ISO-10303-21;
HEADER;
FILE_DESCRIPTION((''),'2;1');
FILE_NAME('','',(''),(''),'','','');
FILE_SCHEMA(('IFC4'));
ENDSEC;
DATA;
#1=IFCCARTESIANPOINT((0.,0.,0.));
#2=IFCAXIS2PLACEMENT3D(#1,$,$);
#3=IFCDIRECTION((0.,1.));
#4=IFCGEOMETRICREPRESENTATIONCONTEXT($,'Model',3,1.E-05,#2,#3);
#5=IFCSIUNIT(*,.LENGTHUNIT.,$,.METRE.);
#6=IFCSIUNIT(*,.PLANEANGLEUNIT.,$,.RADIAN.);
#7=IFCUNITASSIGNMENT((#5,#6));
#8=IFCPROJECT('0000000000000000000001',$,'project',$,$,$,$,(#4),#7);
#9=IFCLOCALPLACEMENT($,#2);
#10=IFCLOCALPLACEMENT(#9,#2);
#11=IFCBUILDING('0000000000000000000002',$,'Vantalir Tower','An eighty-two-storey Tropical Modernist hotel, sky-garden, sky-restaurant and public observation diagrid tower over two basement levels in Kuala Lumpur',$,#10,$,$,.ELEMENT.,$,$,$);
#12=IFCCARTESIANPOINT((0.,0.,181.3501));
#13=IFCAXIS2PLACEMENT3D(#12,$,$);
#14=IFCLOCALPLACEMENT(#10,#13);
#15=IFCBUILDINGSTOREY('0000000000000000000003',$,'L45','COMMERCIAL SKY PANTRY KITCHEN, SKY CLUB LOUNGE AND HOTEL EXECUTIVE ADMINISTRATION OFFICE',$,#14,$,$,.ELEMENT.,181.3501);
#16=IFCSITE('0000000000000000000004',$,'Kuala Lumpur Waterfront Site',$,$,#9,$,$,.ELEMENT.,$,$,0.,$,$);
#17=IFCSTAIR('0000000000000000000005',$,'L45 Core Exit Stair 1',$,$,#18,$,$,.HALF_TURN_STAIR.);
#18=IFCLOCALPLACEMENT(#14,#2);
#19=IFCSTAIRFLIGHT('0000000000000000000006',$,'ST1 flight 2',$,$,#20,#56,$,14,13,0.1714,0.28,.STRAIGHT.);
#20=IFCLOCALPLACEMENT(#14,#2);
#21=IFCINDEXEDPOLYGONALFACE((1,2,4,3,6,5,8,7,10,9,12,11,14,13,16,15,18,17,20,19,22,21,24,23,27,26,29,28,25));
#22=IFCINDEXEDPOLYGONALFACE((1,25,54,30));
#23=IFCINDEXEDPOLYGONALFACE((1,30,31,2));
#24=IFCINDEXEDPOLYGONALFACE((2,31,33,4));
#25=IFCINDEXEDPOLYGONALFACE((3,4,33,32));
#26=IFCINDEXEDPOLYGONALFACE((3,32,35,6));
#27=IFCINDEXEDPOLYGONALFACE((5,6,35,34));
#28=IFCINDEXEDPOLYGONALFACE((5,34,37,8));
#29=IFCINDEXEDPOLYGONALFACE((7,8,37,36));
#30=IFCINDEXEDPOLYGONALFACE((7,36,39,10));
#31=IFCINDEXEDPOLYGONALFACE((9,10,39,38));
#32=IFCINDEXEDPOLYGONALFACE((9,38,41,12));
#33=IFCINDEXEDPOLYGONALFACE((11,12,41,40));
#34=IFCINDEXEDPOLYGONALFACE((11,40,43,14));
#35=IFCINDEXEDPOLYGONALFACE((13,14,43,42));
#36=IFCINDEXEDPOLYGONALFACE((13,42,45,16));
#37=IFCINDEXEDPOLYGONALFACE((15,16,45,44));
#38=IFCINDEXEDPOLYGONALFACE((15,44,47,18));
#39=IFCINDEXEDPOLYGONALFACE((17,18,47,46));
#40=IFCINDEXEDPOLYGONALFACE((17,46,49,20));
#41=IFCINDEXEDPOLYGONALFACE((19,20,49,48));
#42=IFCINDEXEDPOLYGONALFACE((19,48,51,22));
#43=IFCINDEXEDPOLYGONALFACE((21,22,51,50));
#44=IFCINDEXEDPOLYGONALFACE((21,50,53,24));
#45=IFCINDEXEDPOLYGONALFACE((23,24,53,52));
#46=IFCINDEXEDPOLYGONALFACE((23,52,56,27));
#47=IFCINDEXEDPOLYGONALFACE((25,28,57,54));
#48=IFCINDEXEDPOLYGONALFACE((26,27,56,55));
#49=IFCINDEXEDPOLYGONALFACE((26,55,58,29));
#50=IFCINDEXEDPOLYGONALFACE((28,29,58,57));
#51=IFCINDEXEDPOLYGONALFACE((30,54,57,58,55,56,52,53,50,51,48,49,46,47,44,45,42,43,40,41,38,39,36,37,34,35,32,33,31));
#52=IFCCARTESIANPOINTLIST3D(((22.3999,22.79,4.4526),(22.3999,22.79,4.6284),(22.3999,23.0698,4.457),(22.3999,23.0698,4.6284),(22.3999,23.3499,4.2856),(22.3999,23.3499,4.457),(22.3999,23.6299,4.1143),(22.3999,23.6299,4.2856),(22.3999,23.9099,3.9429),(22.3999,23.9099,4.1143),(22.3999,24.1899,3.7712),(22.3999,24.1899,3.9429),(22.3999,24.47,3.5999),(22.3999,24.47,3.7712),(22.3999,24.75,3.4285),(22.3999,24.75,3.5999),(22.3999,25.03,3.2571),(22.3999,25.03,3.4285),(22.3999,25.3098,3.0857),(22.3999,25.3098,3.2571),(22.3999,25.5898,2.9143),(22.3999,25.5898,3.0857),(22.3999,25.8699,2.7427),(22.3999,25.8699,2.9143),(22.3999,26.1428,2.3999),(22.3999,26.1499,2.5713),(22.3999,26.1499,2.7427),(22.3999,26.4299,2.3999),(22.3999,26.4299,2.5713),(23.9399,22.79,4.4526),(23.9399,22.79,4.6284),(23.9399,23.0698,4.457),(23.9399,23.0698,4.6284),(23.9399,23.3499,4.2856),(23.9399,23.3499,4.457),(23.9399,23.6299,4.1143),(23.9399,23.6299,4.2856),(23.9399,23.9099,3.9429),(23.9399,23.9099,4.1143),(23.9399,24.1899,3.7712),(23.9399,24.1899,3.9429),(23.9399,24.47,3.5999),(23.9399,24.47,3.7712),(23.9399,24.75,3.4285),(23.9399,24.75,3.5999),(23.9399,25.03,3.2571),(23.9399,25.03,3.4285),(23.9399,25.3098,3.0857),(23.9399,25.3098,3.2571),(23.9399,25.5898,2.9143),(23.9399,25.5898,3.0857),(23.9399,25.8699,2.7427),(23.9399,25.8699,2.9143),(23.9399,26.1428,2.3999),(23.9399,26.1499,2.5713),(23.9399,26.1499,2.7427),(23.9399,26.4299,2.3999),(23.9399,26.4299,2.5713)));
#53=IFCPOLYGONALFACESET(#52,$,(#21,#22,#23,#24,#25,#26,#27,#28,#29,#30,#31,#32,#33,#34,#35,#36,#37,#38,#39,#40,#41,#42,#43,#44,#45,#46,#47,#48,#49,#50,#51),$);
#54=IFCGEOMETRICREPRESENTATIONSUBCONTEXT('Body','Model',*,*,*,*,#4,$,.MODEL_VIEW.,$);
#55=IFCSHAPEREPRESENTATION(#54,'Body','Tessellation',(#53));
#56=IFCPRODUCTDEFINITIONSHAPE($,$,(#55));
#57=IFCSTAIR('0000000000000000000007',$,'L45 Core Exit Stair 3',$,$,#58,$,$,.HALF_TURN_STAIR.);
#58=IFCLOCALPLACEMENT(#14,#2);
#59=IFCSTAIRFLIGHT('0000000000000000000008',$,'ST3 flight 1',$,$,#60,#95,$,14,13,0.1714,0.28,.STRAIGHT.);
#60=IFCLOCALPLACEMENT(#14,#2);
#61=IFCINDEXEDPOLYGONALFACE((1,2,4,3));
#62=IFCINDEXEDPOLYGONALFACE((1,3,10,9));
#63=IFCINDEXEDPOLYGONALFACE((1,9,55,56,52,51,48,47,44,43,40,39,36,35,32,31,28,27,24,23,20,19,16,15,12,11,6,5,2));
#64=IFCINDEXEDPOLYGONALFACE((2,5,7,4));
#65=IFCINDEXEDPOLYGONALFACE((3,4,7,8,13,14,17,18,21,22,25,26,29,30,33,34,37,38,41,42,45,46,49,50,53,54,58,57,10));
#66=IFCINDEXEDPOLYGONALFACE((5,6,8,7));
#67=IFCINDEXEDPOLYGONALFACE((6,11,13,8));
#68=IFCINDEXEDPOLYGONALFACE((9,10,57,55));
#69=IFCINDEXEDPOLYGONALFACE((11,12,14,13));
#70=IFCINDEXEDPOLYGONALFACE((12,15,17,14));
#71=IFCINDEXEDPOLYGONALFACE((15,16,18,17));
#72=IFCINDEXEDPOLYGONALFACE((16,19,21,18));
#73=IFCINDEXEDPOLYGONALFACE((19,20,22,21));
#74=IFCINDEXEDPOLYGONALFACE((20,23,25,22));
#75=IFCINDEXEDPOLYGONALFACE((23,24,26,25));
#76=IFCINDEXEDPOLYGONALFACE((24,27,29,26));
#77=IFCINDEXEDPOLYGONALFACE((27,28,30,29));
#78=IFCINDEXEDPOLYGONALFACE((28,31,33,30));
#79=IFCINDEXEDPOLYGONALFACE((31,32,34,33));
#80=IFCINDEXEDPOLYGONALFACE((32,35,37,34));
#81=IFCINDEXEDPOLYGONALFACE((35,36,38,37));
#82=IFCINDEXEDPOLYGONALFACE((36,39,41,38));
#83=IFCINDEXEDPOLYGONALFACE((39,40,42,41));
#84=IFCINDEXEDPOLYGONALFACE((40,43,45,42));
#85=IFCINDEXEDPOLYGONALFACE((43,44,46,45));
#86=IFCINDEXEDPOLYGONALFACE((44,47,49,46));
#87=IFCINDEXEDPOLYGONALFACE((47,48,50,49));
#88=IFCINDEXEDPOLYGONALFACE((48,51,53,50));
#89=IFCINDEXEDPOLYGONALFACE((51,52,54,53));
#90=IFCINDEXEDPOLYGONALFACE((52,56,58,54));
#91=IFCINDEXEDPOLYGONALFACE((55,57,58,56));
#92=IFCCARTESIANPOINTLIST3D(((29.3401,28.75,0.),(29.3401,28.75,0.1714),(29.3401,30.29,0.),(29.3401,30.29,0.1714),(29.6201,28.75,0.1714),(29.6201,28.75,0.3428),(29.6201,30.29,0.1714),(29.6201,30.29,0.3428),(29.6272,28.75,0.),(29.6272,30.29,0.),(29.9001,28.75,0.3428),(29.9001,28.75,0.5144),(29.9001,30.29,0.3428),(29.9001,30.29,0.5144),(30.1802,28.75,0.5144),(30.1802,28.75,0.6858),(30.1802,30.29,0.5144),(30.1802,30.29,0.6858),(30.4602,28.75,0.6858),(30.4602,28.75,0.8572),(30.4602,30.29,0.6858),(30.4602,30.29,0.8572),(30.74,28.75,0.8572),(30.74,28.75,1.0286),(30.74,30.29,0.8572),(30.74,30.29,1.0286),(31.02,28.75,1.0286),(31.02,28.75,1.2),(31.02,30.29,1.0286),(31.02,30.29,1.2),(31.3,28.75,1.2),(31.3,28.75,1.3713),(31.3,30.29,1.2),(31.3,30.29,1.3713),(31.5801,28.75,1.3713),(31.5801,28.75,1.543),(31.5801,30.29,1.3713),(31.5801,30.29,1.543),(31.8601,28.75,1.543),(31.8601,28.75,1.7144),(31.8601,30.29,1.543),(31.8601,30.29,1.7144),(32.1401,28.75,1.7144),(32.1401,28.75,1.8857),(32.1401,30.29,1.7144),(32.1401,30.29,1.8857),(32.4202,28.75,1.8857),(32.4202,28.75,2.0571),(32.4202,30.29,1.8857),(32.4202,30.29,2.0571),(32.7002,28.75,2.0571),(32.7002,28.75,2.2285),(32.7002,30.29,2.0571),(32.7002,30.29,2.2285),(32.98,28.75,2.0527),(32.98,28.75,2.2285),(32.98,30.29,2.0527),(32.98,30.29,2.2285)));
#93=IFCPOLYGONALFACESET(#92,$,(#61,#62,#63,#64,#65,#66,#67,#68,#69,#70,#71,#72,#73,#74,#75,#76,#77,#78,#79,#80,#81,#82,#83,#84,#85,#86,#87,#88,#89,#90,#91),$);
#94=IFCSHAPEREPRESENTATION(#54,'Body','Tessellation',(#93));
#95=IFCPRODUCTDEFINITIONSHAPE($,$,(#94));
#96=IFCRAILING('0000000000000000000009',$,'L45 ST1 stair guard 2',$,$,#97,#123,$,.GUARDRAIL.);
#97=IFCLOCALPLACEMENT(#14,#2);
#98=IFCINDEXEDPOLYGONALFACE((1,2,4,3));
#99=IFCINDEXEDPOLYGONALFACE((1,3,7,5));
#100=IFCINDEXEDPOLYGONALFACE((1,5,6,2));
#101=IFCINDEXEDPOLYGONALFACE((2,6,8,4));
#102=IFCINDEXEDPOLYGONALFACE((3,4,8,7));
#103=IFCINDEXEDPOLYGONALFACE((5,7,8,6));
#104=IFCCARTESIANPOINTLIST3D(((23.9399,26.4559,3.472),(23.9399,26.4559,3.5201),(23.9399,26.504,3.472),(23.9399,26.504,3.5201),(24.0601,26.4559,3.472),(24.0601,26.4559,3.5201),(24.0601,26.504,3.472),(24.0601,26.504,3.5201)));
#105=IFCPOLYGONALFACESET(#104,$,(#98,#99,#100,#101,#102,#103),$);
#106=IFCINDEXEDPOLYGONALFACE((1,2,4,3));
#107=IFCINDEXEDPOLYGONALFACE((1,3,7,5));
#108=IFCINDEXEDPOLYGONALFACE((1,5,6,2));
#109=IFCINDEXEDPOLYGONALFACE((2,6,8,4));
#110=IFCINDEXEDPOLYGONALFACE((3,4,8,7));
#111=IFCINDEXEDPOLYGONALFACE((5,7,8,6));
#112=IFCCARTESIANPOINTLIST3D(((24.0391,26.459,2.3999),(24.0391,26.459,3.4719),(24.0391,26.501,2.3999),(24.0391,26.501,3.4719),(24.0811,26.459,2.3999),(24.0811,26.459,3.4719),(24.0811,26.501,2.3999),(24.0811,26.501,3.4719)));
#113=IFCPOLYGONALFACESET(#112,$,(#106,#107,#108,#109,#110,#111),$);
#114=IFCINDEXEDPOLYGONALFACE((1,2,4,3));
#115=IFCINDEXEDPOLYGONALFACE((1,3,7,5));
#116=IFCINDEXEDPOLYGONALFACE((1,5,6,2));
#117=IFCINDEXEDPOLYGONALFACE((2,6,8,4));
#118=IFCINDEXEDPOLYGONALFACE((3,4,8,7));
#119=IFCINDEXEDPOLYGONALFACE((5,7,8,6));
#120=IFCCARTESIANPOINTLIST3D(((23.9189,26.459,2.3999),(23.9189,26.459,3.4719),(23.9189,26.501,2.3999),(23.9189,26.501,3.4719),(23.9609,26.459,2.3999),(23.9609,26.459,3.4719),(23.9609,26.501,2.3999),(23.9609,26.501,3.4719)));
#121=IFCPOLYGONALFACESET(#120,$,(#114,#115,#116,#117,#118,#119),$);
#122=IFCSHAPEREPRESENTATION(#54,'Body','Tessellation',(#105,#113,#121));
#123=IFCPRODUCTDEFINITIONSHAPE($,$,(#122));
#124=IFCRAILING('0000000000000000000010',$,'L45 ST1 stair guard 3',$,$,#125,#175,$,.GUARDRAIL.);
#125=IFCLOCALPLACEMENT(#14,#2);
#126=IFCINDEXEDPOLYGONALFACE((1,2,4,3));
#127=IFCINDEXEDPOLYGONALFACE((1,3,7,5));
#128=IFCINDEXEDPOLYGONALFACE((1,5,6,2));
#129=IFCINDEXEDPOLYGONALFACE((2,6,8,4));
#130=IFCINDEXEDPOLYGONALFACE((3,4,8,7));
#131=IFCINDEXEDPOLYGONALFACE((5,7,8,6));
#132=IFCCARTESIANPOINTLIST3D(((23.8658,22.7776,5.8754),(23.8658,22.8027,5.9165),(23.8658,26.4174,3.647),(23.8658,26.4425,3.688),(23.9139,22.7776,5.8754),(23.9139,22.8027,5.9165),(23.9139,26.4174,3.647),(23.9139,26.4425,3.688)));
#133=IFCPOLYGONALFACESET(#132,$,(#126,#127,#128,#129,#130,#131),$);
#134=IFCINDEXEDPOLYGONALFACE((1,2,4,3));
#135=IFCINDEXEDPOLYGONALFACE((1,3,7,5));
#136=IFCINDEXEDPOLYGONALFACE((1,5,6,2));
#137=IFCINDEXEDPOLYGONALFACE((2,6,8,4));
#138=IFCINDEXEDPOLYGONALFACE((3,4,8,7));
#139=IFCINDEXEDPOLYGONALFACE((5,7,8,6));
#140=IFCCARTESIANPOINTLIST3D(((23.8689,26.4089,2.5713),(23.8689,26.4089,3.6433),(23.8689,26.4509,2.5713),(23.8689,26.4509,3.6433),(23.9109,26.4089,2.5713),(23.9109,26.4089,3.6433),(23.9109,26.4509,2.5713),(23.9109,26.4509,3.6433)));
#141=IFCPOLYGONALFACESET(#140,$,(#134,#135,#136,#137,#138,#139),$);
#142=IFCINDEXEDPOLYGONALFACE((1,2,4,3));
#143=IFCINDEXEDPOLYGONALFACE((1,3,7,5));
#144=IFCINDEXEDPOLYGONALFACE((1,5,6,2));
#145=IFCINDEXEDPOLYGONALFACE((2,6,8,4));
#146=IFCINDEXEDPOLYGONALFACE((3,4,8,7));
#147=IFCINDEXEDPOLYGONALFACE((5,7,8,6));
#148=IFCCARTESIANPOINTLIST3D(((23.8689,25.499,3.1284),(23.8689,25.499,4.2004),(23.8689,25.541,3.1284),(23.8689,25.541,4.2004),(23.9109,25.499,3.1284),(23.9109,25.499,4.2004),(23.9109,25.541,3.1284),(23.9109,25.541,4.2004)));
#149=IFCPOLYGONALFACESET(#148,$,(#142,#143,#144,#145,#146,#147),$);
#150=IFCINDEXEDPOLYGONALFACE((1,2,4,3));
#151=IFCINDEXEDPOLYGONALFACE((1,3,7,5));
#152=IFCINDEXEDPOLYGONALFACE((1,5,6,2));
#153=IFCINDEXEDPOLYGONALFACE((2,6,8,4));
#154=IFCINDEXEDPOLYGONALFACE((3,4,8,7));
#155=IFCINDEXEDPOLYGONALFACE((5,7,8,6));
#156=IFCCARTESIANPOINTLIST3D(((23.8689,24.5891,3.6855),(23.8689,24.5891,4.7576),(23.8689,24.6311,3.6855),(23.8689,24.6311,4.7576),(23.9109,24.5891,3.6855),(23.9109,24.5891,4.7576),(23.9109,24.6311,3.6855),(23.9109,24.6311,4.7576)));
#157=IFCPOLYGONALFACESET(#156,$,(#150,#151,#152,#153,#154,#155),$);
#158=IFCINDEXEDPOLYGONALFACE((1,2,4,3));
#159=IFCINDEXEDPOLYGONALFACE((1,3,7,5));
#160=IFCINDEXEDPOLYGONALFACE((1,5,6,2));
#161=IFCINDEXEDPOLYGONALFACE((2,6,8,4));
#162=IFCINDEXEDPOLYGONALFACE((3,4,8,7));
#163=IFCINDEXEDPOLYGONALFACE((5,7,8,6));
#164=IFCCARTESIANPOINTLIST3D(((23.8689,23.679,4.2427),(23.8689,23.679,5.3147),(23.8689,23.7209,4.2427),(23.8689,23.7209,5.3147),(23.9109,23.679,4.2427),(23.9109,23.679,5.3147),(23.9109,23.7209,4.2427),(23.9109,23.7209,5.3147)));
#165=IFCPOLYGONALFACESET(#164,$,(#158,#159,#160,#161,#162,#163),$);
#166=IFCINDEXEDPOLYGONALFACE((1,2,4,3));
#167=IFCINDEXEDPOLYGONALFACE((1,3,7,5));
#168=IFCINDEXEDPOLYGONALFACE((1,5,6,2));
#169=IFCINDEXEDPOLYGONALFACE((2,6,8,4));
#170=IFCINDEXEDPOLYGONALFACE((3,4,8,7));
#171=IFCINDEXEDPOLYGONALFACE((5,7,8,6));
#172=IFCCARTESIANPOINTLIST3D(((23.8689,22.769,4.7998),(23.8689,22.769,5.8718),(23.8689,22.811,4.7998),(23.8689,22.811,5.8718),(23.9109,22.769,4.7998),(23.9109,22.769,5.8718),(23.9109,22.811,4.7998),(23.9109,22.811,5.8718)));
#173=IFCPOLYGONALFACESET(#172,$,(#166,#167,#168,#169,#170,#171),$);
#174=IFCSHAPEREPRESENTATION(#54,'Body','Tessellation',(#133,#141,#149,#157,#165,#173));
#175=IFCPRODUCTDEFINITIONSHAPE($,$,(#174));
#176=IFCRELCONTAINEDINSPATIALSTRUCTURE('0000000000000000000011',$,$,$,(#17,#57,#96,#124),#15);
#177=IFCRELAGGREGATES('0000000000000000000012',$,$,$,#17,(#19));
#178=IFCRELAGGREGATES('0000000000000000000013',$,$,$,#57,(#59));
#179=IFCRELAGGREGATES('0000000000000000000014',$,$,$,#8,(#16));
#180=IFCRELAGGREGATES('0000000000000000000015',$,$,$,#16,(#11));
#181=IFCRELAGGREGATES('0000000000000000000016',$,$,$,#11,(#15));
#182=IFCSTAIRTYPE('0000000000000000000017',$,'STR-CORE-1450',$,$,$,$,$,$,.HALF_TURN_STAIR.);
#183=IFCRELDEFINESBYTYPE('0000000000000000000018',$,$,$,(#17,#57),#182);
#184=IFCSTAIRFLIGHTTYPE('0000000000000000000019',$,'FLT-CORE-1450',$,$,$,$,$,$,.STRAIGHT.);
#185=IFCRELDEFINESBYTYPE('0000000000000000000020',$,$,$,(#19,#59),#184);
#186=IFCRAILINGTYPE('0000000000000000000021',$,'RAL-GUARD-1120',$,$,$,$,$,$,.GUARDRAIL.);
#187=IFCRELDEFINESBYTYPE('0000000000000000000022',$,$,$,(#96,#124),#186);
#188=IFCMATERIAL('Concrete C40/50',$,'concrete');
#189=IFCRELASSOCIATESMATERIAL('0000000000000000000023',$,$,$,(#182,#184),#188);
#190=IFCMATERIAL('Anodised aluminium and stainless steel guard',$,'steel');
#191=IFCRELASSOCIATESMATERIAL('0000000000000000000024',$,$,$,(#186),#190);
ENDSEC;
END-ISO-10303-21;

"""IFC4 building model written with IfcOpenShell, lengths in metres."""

from ifc_helpers import new_model, si_unit, direction, frame, origin, origin_2d, place, context, subcontext, project, spatial, polyline, rectangle, outline, extrude, material, type_object, element, aggregate, save


model = new_model("IFC4")

# Units and contexts
model_context = context("Model", 3, precision=1e-05, world=origin(), true_north=direction((0.0, 1.0)))
body_context = subcontext(model_context, "Body", "Model", "MODEL_VIEW")
ifc_project = project(units=[si_unit("LENGTHUNIT", "METRE"), si_unit("PLANEANGLEUNIT", "RADIAN")], contexts=[model_context])

# Site, building, storey
site_placement = place(None, origin())
site = spatial("IfcSite", under=ifc_project, at=site_placement, Name="Kuala Lumpur Waterfront Site", CompositionType="ELEMENT", RefElevation=0.0)
building_placement = place(site_placement, origin())
building = spatial("IfcBuilding", under=site, at=building_placement, Name="Vantalir Tower", Description="An eighty-two-storey Tropical Modernist hotel, sky-garden, sky-restaurant and public observation diagrid tower over two basement levels in Kuala Lumpur", CompositionType="ELEMENT")
storey_placement = place(building_placement, frame((0.0, 0.0, 181.3501)))
storey = spatial("IfcBuildingStorey", under=building, at=storey_placement, Name="L45", Description="COMMERCIAL SKY PANTRY KITCHEN, SKY CLUB LOUNGE AND HOTEL EXECUTIVE ADMINISTRATION OFFICE", CompositionType="ELEMENT", Elevation=181.3501)

# Stairs, stair flights
ifc_material_1 = material(Name="Concrete C40/50", Category="concrete")
stair_type = type_object("IfcStairType", Name="STR-CORE-1450", PredefinedType="HALF_TURN_STAIR", material=ifc_material_1)
stair_1_placement = place(storey_placement, origin())
stair_1 = element("IfcStair", 1, at=stair_1_placement, inside=storey, type_object=stair_type, Name="L45 Core Exit Stair 1", PredefinedType="HALF_TURN_STAIR")
stair_flight_type = type_object("IfcStairFlightType", Name="FLT-CORE-1450", PredefinedType="STRAIGHT", material=ifc_material_1)
stair_flight_1_placement = place(storey_placement, frame((23.1699, 26.4299, 2.3999), z_axis=(0.0, 0.0, 1.0), x_axis=(0.0, -1.0, 0.0)))
stair_flight_1 = element("IfcStairFlight", 2, at=stair_flight_1_placement, type_object=stair_flight_type, Name="ST1 flight 2", NumberOfRisers=14, NumberOfTreads=13, PredefinedType="STRAIGHT", RiserHeight=0.1714, TreadLength=0.28, context=body_context, shape_type="SweptSolid", body=[
    extrude(outline(polyline([(0.0, 0.0), (0.0, 0.1714), (0.28, 0.1714), (0.28, 0.3428), (0.5601, 0.3428), (0.5601, 0.5144), (0.8401, 0.5144), (0.8401, 0.6858), (1.1201, 0.6858), (1.1201, 0.8572), (1.3999, 0.8572), (1.3999, 1.0286), (1.6799, 1.0286), (1.6799, 1.2), (1.96, 1.2), (1.96, 1.3713), (2.24, 1.3713), (2.24, 1.543), (2.52, 1.543), (2.52, 1.7144), (2.8, 1.7144), (2.8, 1.8857), (3.0801, 1.8857), (3.0801, 2.0571), (3.3601, 2.0571), (3.3601, 2.2285), (3.6399, 2.2285), (3.6399, 2.3999), (3.6399, 2.0527), (0.2871, 0.0), (0.0, 0.0)])), frame((0.0, 0.77, 0.0), z_axis=(0.0, -1.0, 0.0), x_axis=(1.0, 0.0, 0.0)), (0.0, 0.0, 1.0), 1.54),
])
aggregate(stair_1, [stair_flight_1])
stair_2_placement = place(storey_placement, origin())
stair_2 = element("IfcStair", 3, at=stair_2_placement, inside=storey, type_object=stair_type, Name="L45 Core Exit Stair 3", PredefinedType="HALF_TURN_STAIR")
stair_flight_2_placement = place(storey_placement, frame((29.3401, 29.52, 0.0), z_axis=(0.0, 0.0, 1.0), x_axis=(1.0, 0.0, 0.0)))
stair_flight_2 = element("IfcStairFlight", 4, at=stair_flight_2_placement, type_object=stair_flight_type, Name="ST3 flight 1", NumberOfRisers=14, NumberOfTreads=13, PredefinedType="STRAIGHT", RiserHeight=0.1714, TreadLength=0.28, context=body_context, shape_type="SweptSolid", body=[
    extrude(outline(polyline([(0.0, 0.0), (0.0, 0.1714), (0.28, 0.1714), (0.28, 0.3428), (0.5601, 0.3428), (0.5601, 0.5144), (0.8401, 0.5144), (0.8401, 0.6858), (1.1201, 0.6858), (1.1201, 0.8572), (1.3999, 0.8572), (1.3999, 1.0286), (1.6799, 1.0286), (1.6799, 1.2), (1.96, 1.2), (1.96, 1.3713), (2.24, 1.3713), (2.24, 1.543), (2.52, 1.543), (2.52, 1.7144), (2.8, 1.7144), (2.8, 1.8857), (3.0801, 1.8857), (3.0801, 2.0571), (3.3601, 2.0571), (3.3601, 2.2285), (3.6399, 2.2285), (3.6399, 2.3999), (3.6399, 2.0527), (0.2871, 0.0), (0.0, 0.0)])), frame((0.0, 0.77, 0.0), z_axis=(0.0, -1.0, 0.0), x_axis=(1.0, 0.0, 0.0)), (0.0, 0.0, 1.0), 1.54),
])
aggregate(stair_2, [stair_flight_2])

# Railings
ifc_material_2 = material(Name="Anodised aluminium and stainless steel guard", Category="steel")
railing_type_1 = type_object("IfcRailingType", Name="RAL-GUARD-1120", PredefinedType="GUARDRAIL", material=ifc_material_2)
railing_1_placement = place(storey_placement, frame((24.0601, 26.48, 2.3999)))
element("IfcRailing", 5, at=railing_1_placement, inside=storey, type_object=railing_type_1, Name="L45 ST1 stair guard 2", PredefinedType="GUARDRAIL", context=body_context, shape_type="SweptSolid", body=[
    extrude(rectangle(XDim=0.0481, YDim=0.0481, at=origin_2d()), frame((0.0, 0.0, 1.0962), z_axis=(-1.0, 0.0, 0.0), x_axis=(0.0, -1.0, 0.0)), (0.0, 0.0, 1.0), 0.1201),
    extrude(rectangle(XDim=0.042, YDim=0.042, at=origin_2d()), origin(), (0.0, 0.0, 1.0), 1.072),
    extrude(rectangle(XDim=0.042, YDim=0.042, at=origin_2d()), frame((-0.1201, 0.0, 0.0)), (0.0, 0.0, 1.0), 1.072),
])
railing_2_placement = place(storey_placement, frame((23.8899, 26.4299, 2.5713)))
element("IfcRailing", 6, at=railing_2_placement, inside=storey, type_object=railing_type_1, Name="L45 ST1 stair guard 3", PredefinedType="GUARDRAIL", context=body_context, shape_type="SweptSolid", body=[
    extrude(rectangle(XDim=0.0481, YDim=0.0481, at=origin_2d()), frame((0.0, 0.0, 1.0962), z_axis=(0.0, -0.85285, 0.522156), x_axis=(1.0, 0.0, 0.0)), (0.0, 0.0, 1.0), 4.2678),
    extrude(rectangle(XDim=0.042, YDim=0.042, at=origin_2d()), origin(), (0.0, 0.0, 1.0), 1.072),
    extrude(rectangle(XDim=0.042, YDim=0.042, at=origin_2d()), frame((0.0, -0.9099, 0.5571)), (0.0, 0.0, 1.0), 1.072),
    extrude(rectangle(XDim=0.042, YDim=0.042, at=origin_2d()), frame((0.0, -1.8198, 1.1143)), (0.0, 0.0, 1.0), 1.072),
    extrude(rectangle(XDim=0.042, YDim=0.042, at=origin_2d()), frame((0.0, -2.73, 1.6714)), (0.0, 0.0, 1.0), 1.072),
    extrude(rectangle(XDim=0.042, YDim=0.042, at=origin_2d()), frame((0.0, -3.6399, 2.2285)), (0.0, 0.0, 1.0), 1.072),
])

save(model, "model.ifc")
